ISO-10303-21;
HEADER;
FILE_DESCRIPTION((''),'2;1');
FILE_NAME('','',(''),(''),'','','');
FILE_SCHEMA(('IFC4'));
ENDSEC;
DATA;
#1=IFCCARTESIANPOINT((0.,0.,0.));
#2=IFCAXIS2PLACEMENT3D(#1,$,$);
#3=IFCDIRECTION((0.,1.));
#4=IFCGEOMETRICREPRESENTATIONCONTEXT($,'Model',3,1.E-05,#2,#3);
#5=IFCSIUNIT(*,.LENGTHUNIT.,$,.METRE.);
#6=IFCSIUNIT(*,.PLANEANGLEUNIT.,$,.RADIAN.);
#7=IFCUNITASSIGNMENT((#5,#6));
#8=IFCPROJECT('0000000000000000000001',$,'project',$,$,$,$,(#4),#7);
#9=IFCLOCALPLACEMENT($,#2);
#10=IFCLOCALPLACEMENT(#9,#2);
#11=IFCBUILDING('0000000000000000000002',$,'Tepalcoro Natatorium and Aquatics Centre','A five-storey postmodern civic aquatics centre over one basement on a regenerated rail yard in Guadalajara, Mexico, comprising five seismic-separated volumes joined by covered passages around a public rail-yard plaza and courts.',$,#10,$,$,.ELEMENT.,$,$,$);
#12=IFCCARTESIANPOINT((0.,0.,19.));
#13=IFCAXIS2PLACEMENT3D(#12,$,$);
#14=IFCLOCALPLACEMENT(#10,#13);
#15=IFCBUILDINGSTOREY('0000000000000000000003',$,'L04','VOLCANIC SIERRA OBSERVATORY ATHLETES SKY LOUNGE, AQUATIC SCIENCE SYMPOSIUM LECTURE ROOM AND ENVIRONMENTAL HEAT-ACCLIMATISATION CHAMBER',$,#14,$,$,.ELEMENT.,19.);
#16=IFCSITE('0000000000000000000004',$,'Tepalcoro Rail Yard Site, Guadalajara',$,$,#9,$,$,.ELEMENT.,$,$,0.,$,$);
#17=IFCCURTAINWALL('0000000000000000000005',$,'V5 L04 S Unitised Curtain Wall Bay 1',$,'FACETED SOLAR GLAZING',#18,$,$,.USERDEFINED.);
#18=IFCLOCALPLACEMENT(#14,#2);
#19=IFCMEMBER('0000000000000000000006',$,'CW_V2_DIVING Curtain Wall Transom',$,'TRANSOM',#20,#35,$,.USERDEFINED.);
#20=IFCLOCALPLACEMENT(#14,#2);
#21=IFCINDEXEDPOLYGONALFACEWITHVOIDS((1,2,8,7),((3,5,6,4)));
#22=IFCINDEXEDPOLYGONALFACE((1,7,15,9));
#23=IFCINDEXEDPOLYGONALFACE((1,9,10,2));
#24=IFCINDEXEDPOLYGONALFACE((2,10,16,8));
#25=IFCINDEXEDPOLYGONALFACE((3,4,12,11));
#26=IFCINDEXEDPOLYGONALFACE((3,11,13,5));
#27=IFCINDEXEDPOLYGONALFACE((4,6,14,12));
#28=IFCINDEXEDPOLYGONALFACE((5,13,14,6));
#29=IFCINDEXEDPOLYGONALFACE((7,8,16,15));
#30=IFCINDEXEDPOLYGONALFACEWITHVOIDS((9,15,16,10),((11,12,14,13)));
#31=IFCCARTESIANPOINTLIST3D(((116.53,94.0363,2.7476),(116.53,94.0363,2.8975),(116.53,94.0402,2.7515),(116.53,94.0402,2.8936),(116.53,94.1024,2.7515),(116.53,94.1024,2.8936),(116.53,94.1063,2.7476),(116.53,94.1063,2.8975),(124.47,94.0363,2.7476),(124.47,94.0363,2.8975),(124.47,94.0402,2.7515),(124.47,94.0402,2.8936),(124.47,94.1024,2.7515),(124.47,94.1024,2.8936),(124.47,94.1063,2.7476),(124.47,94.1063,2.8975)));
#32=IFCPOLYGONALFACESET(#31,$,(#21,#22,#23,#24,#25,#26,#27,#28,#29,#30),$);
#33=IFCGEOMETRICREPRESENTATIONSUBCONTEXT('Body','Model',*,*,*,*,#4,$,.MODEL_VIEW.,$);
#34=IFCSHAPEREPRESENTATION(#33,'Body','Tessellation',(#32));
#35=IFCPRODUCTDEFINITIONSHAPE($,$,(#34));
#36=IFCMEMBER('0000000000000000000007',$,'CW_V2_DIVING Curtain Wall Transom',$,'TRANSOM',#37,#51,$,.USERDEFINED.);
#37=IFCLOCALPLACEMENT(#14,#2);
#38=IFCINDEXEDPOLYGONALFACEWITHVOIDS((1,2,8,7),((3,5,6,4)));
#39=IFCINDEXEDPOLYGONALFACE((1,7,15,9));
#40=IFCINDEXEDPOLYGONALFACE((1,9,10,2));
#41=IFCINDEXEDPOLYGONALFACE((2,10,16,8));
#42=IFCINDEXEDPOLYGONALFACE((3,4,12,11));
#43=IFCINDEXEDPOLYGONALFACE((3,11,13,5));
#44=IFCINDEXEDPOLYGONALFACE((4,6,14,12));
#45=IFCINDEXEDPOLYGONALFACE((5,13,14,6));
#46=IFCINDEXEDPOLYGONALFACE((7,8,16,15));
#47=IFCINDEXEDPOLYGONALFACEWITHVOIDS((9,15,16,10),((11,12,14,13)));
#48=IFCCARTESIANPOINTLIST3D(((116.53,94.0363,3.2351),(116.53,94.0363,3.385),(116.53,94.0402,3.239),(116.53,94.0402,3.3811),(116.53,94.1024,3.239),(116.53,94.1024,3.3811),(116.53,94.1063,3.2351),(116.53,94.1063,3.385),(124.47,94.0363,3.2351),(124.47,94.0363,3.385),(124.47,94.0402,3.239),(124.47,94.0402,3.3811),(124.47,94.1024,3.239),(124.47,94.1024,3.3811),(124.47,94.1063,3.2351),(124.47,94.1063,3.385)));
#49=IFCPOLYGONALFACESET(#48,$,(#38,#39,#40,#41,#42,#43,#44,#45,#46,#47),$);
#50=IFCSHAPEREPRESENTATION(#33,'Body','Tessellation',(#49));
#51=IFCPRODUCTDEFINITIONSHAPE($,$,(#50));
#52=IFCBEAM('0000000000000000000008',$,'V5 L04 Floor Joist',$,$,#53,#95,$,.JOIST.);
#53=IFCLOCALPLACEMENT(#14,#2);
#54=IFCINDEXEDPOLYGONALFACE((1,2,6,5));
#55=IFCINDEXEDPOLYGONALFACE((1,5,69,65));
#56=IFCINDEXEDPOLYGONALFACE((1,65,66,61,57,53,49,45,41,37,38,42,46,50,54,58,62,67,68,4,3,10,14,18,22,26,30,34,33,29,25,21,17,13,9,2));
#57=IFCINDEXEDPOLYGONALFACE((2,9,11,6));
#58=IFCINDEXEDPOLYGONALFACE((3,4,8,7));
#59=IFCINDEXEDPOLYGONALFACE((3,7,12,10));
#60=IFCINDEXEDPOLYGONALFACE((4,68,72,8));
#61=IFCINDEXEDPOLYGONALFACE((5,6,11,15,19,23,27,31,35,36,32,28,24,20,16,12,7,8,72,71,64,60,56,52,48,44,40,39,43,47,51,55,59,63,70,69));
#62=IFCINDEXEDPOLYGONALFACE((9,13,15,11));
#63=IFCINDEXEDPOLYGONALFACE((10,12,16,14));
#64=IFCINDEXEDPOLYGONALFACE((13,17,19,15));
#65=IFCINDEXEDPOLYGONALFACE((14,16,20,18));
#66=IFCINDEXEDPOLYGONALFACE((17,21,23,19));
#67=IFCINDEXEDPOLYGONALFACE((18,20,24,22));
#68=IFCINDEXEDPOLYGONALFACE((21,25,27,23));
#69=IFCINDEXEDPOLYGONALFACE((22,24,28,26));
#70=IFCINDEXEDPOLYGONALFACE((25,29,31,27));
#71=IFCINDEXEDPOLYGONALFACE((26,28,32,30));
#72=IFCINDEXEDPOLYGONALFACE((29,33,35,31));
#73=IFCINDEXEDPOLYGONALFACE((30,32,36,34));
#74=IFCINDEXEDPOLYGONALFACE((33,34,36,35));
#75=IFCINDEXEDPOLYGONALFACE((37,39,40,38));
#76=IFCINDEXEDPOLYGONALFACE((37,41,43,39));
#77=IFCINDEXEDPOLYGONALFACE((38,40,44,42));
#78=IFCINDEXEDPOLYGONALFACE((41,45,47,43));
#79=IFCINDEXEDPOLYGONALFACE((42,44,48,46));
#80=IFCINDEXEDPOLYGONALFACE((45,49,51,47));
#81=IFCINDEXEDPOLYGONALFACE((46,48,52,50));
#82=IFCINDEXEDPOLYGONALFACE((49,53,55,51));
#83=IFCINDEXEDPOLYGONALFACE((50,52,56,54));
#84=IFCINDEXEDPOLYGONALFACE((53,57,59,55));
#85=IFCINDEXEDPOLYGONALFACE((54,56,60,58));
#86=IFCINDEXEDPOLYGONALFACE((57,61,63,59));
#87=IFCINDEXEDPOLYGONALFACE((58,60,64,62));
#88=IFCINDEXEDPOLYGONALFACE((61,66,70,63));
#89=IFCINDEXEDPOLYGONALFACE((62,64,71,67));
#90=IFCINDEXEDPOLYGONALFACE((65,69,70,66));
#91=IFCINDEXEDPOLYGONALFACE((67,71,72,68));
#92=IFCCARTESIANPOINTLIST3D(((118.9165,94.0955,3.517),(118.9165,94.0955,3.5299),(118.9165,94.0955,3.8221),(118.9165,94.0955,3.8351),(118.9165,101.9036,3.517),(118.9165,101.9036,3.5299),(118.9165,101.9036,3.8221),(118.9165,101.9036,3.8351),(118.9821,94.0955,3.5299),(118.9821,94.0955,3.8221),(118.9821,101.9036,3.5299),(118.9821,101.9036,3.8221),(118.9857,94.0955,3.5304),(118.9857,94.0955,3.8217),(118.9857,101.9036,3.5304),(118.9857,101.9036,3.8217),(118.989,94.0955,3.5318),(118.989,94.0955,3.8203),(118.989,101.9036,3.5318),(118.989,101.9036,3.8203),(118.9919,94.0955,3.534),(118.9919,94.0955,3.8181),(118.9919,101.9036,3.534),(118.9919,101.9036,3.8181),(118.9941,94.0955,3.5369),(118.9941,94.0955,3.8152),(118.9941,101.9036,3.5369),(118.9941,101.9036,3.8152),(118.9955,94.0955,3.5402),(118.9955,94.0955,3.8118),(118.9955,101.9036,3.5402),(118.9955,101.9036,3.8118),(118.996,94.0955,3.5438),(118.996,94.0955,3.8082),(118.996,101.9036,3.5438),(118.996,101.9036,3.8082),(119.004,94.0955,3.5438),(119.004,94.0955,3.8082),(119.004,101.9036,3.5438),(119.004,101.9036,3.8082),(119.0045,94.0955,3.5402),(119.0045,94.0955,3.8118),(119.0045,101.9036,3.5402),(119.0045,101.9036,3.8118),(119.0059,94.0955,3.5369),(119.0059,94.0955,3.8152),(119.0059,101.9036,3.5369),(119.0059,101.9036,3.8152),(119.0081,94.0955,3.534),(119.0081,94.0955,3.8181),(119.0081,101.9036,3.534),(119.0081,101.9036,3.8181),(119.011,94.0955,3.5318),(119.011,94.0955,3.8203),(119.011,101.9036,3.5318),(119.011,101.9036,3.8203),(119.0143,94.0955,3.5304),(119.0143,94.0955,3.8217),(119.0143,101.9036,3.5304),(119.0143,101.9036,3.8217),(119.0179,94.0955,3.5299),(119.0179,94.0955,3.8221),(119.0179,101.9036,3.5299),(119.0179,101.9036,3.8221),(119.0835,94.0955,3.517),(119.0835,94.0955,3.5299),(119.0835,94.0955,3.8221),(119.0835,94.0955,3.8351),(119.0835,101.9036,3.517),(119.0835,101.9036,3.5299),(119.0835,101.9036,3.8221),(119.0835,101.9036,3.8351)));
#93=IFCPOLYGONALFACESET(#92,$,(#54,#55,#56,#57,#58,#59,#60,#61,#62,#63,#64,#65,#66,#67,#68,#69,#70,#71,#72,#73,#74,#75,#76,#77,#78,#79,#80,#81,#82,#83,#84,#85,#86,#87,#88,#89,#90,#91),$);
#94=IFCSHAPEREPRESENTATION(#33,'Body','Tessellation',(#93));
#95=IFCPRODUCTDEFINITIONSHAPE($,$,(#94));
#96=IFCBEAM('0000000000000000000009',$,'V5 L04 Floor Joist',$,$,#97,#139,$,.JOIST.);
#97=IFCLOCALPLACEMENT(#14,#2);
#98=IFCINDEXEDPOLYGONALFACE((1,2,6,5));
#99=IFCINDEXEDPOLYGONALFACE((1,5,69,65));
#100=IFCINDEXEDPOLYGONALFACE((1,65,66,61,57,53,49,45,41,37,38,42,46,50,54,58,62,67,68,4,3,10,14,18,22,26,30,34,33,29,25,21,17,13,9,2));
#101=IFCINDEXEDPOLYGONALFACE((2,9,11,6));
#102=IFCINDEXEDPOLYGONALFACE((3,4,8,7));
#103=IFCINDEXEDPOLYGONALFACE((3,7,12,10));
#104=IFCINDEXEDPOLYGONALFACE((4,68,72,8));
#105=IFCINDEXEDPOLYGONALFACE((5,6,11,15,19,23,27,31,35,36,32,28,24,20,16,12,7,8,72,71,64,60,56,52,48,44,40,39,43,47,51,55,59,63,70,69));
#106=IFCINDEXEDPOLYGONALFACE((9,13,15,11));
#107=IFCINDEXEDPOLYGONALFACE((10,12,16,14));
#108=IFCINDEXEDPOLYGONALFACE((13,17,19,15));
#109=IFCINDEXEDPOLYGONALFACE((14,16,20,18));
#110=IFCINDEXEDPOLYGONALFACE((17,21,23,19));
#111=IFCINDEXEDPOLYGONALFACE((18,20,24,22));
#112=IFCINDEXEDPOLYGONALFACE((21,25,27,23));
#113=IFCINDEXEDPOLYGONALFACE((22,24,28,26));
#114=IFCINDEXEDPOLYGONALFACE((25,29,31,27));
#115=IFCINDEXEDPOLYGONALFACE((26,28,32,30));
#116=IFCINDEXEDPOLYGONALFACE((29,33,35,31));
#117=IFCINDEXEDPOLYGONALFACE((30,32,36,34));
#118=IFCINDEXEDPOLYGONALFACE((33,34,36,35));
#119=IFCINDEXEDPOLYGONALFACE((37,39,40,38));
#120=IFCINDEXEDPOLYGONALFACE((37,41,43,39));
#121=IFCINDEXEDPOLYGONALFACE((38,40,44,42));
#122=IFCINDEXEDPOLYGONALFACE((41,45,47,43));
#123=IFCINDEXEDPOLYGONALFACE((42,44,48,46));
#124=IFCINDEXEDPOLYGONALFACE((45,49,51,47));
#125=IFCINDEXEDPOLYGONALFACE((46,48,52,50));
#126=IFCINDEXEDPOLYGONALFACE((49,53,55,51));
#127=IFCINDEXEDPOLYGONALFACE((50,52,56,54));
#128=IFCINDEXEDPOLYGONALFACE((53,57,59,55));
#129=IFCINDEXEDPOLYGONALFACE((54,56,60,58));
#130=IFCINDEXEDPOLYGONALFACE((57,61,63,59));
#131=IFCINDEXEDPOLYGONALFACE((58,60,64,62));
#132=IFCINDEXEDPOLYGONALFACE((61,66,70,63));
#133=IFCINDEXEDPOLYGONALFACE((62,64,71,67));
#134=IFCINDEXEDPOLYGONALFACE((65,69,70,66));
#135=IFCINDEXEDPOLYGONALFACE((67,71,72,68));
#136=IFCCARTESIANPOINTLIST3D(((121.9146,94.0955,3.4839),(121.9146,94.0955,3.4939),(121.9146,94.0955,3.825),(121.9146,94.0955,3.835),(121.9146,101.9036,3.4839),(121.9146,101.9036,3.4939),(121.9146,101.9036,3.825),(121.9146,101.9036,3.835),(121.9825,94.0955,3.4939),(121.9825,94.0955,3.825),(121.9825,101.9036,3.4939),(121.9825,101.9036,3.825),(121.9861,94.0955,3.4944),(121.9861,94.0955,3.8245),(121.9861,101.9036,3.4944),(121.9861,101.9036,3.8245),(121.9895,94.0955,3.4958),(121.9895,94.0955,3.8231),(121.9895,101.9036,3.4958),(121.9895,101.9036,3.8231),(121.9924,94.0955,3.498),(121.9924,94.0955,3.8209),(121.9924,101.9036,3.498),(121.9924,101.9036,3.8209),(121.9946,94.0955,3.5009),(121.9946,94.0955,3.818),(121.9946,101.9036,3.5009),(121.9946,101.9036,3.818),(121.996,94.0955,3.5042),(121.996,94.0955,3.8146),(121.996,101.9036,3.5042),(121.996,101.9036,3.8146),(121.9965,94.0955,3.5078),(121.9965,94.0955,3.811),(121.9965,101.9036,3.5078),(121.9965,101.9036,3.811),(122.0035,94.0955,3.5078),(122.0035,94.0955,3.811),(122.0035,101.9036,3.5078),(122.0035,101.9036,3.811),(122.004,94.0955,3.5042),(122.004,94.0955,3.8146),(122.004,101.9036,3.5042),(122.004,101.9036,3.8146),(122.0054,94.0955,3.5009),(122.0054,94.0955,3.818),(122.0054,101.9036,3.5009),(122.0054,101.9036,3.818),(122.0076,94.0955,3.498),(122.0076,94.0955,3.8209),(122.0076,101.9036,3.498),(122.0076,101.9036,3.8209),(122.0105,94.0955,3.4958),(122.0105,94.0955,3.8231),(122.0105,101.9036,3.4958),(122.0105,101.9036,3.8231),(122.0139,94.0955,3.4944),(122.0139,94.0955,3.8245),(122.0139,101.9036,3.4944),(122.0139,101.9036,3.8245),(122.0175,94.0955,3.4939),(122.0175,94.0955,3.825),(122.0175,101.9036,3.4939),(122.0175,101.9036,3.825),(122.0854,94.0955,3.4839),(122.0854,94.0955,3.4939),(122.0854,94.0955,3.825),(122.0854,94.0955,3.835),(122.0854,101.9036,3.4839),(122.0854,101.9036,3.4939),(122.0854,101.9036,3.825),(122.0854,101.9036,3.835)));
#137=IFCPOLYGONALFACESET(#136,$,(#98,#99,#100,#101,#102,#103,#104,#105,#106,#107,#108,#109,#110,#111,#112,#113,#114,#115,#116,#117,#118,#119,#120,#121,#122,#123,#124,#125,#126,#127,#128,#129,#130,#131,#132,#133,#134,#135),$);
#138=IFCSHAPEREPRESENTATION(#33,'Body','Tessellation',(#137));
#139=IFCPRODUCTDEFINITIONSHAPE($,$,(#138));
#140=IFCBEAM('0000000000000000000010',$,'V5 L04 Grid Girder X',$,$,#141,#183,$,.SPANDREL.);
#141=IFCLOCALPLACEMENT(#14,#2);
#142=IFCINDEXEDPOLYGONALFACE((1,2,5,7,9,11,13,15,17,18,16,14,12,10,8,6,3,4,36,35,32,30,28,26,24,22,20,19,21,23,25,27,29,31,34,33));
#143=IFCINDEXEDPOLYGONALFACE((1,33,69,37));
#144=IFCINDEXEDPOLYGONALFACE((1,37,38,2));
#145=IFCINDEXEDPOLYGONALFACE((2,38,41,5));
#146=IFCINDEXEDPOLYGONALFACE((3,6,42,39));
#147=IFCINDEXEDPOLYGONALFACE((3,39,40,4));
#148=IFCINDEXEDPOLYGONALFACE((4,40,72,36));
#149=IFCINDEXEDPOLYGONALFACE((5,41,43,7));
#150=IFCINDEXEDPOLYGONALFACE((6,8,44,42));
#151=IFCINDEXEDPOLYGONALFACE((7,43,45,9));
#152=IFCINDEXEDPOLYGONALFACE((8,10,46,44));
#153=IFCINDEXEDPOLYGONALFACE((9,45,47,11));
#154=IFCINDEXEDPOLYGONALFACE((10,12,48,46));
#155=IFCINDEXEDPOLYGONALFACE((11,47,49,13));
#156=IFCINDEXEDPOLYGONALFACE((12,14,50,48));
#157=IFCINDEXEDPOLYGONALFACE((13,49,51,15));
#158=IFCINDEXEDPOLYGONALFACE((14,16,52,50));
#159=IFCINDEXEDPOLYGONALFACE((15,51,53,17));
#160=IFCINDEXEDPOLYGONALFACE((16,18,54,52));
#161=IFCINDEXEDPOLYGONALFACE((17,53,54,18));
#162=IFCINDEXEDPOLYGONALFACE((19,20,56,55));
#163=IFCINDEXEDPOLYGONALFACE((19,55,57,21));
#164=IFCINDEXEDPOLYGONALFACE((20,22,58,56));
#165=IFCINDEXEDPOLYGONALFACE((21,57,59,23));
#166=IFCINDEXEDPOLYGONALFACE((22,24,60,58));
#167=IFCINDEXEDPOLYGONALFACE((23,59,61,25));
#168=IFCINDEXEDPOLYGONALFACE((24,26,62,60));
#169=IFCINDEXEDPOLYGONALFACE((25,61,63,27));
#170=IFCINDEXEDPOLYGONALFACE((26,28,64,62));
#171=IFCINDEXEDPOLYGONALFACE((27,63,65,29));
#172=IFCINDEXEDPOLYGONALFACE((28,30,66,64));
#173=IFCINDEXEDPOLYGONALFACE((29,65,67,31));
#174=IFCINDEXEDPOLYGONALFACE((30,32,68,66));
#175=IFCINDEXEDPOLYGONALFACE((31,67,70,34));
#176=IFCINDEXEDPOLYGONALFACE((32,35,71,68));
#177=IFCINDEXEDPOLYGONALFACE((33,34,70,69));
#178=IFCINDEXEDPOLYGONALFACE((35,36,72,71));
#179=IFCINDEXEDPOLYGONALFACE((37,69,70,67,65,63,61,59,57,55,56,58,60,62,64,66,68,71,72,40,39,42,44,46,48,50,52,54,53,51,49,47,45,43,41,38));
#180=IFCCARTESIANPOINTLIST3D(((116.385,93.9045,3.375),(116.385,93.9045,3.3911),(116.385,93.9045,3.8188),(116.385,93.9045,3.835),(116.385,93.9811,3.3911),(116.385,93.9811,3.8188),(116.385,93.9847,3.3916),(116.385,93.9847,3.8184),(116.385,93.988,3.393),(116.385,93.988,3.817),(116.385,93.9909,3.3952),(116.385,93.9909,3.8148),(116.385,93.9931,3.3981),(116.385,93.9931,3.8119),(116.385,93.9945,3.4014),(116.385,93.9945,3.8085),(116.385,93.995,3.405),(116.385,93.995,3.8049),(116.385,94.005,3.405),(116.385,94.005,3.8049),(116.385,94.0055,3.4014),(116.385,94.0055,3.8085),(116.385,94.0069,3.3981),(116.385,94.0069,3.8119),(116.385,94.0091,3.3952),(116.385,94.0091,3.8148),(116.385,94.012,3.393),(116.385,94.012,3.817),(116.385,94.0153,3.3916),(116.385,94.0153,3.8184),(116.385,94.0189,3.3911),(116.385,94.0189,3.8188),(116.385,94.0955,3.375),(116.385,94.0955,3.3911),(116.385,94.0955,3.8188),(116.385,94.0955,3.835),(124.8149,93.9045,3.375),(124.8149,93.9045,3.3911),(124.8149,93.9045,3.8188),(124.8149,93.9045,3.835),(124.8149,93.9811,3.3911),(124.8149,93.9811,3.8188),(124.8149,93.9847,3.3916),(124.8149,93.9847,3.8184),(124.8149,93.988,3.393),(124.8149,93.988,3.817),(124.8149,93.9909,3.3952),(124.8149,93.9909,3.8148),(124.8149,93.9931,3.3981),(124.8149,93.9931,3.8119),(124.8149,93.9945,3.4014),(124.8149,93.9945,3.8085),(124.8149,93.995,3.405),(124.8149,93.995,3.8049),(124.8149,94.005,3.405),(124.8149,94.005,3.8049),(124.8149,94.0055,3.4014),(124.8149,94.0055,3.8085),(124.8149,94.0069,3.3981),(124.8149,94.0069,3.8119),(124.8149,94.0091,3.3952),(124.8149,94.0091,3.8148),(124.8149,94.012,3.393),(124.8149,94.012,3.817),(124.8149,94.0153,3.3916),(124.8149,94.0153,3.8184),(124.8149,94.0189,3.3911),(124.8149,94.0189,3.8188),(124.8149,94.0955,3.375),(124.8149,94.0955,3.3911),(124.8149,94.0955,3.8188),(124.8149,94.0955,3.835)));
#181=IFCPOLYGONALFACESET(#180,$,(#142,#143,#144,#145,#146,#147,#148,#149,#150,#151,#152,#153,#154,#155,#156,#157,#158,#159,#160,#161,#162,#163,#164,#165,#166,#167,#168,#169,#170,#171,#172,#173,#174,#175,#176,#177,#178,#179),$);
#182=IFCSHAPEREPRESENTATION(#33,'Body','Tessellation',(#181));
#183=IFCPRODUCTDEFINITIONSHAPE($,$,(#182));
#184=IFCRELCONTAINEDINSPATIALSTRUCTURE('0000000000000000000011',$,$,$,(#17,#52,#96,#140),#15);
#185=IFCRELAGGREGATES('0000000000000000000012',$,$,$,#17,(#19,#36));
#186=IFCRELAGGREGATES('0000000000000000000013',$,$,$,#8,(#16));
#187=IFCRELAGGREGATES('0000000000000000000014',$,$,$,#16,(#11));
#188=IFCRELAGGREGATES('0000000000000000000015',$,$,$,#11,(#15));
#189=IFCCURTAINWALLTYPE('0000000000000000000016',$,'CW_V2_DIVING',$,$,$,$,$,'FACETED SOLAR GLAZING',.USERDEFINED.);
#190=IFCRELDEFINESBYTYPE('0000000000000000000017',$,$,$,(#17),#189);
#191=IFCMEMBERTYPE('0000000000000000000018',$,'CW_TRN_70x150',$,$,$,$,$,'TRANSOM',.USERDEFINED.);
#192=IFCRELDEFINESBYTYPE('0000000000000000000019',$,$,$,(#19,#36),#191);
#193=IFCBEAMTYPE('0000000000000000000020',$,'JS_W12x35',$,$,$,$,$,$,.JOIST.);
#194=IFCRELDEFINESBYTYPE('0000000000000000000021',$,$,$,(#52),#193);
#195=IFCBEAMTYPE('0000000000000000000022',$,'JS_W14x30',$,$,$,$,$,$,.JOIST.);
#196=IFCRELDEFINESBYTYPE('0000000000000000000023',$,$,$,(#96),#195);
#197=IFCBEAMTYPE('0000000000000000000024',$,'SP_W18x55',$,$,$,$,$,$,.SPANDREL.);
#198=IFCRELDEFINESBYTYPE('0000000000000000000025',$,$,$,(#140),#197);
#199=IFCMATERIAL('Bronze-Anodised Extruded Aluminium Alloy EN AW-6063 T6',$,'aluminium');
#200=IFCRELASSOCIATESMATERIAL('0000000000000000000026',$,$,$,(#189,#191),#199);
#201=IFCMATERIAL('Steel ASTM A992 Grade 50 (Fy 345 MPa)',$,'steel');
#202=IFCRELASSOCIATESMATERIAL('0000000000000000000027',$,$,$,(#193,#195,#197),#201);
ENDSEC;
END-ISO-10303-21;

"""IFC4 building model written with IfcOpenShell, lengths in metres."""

from ifc_helpers import new_model, si_unit, direction, frame, origin, origin_2d, place, context, subcontext, project, spatial, hollow_rectangle, i_section, extrude, material, material_profile, profile_set, type_object, element, aggregate, save


model = new_model("IFC4")

# Units and contexts
model_context = context("Model", 3, precision=1e-05, world=origin(), true_north=direction((0.0, 1.0)))
body_context = subcontext(model_context, "Body", "Model", "MODEL_VIEW")
ifc_project = project(units=[si_unit("LENGTHUNIT", "METRE"), si_unit("PLANEANGLEUNIT", "RADIAN")], contexts=[model_context])

# Site, building, storey
site_placement = place(None, origin())
site = spatial("IfcSite", under=ifc_project, at=site_placement, Name="Tepalcoro Rail Yard Site, Guadalajara", CompositionType="ELEMENT", RefElevation=0.0)
building_placement = place(site_placement, origin())
building = spatial("IfcBuilding", under=site, at=building_placement, Name="Tepalcoro Natatorium and Aquatics Centre", Description="A five-storey postmodern civic aquatics centre over one basement on a regenerated rail yard in Guadalajara, Mexico, comprising five seismic-separated volumes joined by covered passages around a public rail-yard plaza and courts.", CompositionType="ELEMENT")
storey_placement = place(building_placement, frame((0.0, 0.0, 19.0)))
storey = spatial("IfcBuildingStorey", under=building, at=storey_placement, Name="L04", Description="VOLCANIC SIERRA OBSERVATORY ATHLETES SKY LOUNGE, AQUATIC SCIENCE SYMPOSIUM LECTURE ROOM AND ENVIRONMENTAL HEAT-ACCLIMATISATION CHAMBER", CompositionType="ELEMENT", Elevation=19.0)

# Shared definitions
ifc_material_1 = material(Name="Steel ASTM A992 Grade 50 (Fy 345 MPa)", Category="steel")

# Curtain wall, members
ifc_material_2 = material(Name="Bronze-Anodised Extruded Aluminium Alloy EN AW-6063 T6", Category="aluminium")
curtain_wall_type = type_object("IfcCurtainWallType", Name="CW_V2_DIVING", ElementType="FACETED SOLAR GLAZING", PredefinedType="USERDEFINED", material=ifc_material_2)
curtain_wall_placement = place(storey_placement, origin())
curtain_wall = element("IfcCurtainWall", 1, at=curtain_wall_placement, inside=storey, type_object=curtain_wall_type, Name="V5 L04 S Unitised Curtain Wall Bay 1", ObjectType="FACETED SOLAR GLAZING", PredefinedType="USERDEFINED")
ifc_material_profile_1 = material_profile(ifc_material_2, hollow_rectangle(XDim=0.0701, YDim=0.1499, WallThickness=0.0039, at=origin_2d()), Name="AL70X150X4")
ifc_profile_set_1 = profile_set([ifc_material_profile_1], Name="Bronze-Anodised Extruded Aluminium Alloy EN AW-6063 T6")
member_type_1 = type_object("IfcMemberType", Name="CW_TRN_70x150", ElementType="TRANSOM", PredefinedType="USERDEFINED", material=ifc_profile_set_1)
member_1_placement = place(storey_placement, frame((116.53, 94.0713, 2.8225), z_axis=(1.0, 0.0, 0.0), x_axis=(0.0, 1.0, 0.0)))
member_1 = element("IfcMember", 2, at=member_1_placement, type_object=member_type_1, Name="CW_V2_DIVING Curtain Wall Transom", ObjectType="TRANSOM", PredefinedType="USERDEFINED", context=body_context, shape_type="SweptSolid", body=[
    extrude(hollow_rectangle(XDim=0.0701, YDim=0.1499, WallThickness=0.0039, at=origin_2d()), origin(), (0.0, 0.0, 1.0), 7.9399),
])
member_2_placement = place(storey_placement, frame((116.53, 94.0713, 3.3101), z_axis=(1.0, 0.0, 0.0), x_axis=(0.0, 1.0, 0.0)))
member_2 = element("IfcMember", 3, at=member_2_placement, type_object=member_type_1, Name="CW_V2_DIVING Curtain Wall Transom", ObjectType="TRANSOM", PredefinedType="USERDEFINED", context=body_context, shape_type="SweptSolid", body=[
    extrude(hollow_rectangle(XDim=0.0701, YDim=0.1499, WallThickness=0.0039, at=origin_2d()), origin(), (0.0, 0.0, 1.0), 7.9399),
])

# Beams
ifc_material_profile_2 = material_profile(ifc_material_1, i_section(OverallWidth=0.167, OverallDepth=0.3181, WebThickness=0.0081, FlangeThickness=0.0129, FilletRadius=0.0139, at=origin_2d()), Name="W12X35")
ifc_profile_set_2 = profile_set([ifc_material_profile_2], Name="Steel ASTM A992 Grade 50 (Fy 345 MPa)")
beam_type_1 = type_object("IfcBeamType", Name="JS_W12x35", PredefinedType="JOIST", material=ifc_profile_set_2)
beam_1_placement = place(storey_placement, frame((119.0, 94.0955, 3.676), z_axis=(0.0, 1.0, 0.0), x_axis=(-1.0, 0.0, 0.0)))
element("IfcBeam", 4, at=beam_1_placement, inside=storey, type_object=beam_type_1, Name="V5 L04 Floor Joist", PredefinedType="JOIST", context=body_context, shape_type="SweptSolid", body=[
    extrude(i_section(OverallWidth=0.167, OverallDepth=0.3181, WebThickness=0.0081, FlangeThickness=0.0129, FilletRadius=0.0139, at=origin_2d()), origin(), (0.0, 0.0, 1.0), 7.8081),
])
ifc_material_profile_3 = material_profile(ifc_material_1, i_section(OverallWidth=0.1709, OverallDepth=0.3511, WebThickness=0.0071, FlangeThickness=0.01, FilletRadius=0.0139, at=origin_2d()), Name="W14X30")
ifc_profile_set_3 = profile_set([ifc_material_profile_3], Name="Steel ASTM A992 Grade 50 (Fy 345 MPa)")
beam_type_2 = type_object("IfcBeamType", Name="JS_W14x30", PredefinedType="JOIST", material=ifc_profile_set_3)
beam_2_placement = place(storey_placement, frame((122.0, 94.0955, 3.6594), z_axis=(0.0, 1.0, 0.0), x_axis=(-1.0, 0.0, 0.0)))
element("IfcBeam", 5, at=beam_2_placement, inside=storey, type_object=beam_type_2, Name="V5 L04 Floor Joist", PredefinedType="JOIST", context=body_context, shape_type="SweptSolid", body=[
    extrude(i_section(OverallWidth=0.1709, OverallDepth=0.3511, WebThickness=0.0071, FlangeThickness=0.01, FilletRadius=0.0139, at=origin_2d()), origin(), (0.0, 0.0, 1.0), 7.8081),
])
ifc_material_profile_4 = material_profile(ifc_material_1, i_section(OverallWidth=0.1909, OverallDepth=0.46, WebThickness=0.01, FlangeThickness=0.0161, FilletRadius=0.0139, at=origin_2d()), Name="W18X55")
ifc_profile_set_4 = profile_set([ifc_material_profile_4], Name="Steel ASTM A992 Grade 50 (Fy 345 MPa)")
beam_type_3 = type_object("IfcBeamType", Name="SP_W18x55", PredefinedType="SPANDREL", material=ifc_profile_set_4)
beam_3_placement = place(storey_placement, frame((116.385, 94.0, 3.605), z_axis=(1.0, 0.0, 0.0), x_axis=(0.0, 1.0, 0.0)))
element("IfcBeam", 6, at=beam_3_placement, inside=storey, type_object=beam_type_3, Name="V5 L04 Grid Girder X", PredefinedType="SPANDREL", context=body_context, shape_type="SweptSolid", body=[
    extrude(i_section(OverallWidth=0.1909, OverallDepth=0.46, WebThickness=0.01, FlangeThickness=0.0161, FilletRadius=0.0139, at=origin_2d()), origin(), (0.0, 0.0, 1.0), 8.4299),
])

aggregate(curtain_wall, [member_1, member_2])

save(model, "model.ifc")
